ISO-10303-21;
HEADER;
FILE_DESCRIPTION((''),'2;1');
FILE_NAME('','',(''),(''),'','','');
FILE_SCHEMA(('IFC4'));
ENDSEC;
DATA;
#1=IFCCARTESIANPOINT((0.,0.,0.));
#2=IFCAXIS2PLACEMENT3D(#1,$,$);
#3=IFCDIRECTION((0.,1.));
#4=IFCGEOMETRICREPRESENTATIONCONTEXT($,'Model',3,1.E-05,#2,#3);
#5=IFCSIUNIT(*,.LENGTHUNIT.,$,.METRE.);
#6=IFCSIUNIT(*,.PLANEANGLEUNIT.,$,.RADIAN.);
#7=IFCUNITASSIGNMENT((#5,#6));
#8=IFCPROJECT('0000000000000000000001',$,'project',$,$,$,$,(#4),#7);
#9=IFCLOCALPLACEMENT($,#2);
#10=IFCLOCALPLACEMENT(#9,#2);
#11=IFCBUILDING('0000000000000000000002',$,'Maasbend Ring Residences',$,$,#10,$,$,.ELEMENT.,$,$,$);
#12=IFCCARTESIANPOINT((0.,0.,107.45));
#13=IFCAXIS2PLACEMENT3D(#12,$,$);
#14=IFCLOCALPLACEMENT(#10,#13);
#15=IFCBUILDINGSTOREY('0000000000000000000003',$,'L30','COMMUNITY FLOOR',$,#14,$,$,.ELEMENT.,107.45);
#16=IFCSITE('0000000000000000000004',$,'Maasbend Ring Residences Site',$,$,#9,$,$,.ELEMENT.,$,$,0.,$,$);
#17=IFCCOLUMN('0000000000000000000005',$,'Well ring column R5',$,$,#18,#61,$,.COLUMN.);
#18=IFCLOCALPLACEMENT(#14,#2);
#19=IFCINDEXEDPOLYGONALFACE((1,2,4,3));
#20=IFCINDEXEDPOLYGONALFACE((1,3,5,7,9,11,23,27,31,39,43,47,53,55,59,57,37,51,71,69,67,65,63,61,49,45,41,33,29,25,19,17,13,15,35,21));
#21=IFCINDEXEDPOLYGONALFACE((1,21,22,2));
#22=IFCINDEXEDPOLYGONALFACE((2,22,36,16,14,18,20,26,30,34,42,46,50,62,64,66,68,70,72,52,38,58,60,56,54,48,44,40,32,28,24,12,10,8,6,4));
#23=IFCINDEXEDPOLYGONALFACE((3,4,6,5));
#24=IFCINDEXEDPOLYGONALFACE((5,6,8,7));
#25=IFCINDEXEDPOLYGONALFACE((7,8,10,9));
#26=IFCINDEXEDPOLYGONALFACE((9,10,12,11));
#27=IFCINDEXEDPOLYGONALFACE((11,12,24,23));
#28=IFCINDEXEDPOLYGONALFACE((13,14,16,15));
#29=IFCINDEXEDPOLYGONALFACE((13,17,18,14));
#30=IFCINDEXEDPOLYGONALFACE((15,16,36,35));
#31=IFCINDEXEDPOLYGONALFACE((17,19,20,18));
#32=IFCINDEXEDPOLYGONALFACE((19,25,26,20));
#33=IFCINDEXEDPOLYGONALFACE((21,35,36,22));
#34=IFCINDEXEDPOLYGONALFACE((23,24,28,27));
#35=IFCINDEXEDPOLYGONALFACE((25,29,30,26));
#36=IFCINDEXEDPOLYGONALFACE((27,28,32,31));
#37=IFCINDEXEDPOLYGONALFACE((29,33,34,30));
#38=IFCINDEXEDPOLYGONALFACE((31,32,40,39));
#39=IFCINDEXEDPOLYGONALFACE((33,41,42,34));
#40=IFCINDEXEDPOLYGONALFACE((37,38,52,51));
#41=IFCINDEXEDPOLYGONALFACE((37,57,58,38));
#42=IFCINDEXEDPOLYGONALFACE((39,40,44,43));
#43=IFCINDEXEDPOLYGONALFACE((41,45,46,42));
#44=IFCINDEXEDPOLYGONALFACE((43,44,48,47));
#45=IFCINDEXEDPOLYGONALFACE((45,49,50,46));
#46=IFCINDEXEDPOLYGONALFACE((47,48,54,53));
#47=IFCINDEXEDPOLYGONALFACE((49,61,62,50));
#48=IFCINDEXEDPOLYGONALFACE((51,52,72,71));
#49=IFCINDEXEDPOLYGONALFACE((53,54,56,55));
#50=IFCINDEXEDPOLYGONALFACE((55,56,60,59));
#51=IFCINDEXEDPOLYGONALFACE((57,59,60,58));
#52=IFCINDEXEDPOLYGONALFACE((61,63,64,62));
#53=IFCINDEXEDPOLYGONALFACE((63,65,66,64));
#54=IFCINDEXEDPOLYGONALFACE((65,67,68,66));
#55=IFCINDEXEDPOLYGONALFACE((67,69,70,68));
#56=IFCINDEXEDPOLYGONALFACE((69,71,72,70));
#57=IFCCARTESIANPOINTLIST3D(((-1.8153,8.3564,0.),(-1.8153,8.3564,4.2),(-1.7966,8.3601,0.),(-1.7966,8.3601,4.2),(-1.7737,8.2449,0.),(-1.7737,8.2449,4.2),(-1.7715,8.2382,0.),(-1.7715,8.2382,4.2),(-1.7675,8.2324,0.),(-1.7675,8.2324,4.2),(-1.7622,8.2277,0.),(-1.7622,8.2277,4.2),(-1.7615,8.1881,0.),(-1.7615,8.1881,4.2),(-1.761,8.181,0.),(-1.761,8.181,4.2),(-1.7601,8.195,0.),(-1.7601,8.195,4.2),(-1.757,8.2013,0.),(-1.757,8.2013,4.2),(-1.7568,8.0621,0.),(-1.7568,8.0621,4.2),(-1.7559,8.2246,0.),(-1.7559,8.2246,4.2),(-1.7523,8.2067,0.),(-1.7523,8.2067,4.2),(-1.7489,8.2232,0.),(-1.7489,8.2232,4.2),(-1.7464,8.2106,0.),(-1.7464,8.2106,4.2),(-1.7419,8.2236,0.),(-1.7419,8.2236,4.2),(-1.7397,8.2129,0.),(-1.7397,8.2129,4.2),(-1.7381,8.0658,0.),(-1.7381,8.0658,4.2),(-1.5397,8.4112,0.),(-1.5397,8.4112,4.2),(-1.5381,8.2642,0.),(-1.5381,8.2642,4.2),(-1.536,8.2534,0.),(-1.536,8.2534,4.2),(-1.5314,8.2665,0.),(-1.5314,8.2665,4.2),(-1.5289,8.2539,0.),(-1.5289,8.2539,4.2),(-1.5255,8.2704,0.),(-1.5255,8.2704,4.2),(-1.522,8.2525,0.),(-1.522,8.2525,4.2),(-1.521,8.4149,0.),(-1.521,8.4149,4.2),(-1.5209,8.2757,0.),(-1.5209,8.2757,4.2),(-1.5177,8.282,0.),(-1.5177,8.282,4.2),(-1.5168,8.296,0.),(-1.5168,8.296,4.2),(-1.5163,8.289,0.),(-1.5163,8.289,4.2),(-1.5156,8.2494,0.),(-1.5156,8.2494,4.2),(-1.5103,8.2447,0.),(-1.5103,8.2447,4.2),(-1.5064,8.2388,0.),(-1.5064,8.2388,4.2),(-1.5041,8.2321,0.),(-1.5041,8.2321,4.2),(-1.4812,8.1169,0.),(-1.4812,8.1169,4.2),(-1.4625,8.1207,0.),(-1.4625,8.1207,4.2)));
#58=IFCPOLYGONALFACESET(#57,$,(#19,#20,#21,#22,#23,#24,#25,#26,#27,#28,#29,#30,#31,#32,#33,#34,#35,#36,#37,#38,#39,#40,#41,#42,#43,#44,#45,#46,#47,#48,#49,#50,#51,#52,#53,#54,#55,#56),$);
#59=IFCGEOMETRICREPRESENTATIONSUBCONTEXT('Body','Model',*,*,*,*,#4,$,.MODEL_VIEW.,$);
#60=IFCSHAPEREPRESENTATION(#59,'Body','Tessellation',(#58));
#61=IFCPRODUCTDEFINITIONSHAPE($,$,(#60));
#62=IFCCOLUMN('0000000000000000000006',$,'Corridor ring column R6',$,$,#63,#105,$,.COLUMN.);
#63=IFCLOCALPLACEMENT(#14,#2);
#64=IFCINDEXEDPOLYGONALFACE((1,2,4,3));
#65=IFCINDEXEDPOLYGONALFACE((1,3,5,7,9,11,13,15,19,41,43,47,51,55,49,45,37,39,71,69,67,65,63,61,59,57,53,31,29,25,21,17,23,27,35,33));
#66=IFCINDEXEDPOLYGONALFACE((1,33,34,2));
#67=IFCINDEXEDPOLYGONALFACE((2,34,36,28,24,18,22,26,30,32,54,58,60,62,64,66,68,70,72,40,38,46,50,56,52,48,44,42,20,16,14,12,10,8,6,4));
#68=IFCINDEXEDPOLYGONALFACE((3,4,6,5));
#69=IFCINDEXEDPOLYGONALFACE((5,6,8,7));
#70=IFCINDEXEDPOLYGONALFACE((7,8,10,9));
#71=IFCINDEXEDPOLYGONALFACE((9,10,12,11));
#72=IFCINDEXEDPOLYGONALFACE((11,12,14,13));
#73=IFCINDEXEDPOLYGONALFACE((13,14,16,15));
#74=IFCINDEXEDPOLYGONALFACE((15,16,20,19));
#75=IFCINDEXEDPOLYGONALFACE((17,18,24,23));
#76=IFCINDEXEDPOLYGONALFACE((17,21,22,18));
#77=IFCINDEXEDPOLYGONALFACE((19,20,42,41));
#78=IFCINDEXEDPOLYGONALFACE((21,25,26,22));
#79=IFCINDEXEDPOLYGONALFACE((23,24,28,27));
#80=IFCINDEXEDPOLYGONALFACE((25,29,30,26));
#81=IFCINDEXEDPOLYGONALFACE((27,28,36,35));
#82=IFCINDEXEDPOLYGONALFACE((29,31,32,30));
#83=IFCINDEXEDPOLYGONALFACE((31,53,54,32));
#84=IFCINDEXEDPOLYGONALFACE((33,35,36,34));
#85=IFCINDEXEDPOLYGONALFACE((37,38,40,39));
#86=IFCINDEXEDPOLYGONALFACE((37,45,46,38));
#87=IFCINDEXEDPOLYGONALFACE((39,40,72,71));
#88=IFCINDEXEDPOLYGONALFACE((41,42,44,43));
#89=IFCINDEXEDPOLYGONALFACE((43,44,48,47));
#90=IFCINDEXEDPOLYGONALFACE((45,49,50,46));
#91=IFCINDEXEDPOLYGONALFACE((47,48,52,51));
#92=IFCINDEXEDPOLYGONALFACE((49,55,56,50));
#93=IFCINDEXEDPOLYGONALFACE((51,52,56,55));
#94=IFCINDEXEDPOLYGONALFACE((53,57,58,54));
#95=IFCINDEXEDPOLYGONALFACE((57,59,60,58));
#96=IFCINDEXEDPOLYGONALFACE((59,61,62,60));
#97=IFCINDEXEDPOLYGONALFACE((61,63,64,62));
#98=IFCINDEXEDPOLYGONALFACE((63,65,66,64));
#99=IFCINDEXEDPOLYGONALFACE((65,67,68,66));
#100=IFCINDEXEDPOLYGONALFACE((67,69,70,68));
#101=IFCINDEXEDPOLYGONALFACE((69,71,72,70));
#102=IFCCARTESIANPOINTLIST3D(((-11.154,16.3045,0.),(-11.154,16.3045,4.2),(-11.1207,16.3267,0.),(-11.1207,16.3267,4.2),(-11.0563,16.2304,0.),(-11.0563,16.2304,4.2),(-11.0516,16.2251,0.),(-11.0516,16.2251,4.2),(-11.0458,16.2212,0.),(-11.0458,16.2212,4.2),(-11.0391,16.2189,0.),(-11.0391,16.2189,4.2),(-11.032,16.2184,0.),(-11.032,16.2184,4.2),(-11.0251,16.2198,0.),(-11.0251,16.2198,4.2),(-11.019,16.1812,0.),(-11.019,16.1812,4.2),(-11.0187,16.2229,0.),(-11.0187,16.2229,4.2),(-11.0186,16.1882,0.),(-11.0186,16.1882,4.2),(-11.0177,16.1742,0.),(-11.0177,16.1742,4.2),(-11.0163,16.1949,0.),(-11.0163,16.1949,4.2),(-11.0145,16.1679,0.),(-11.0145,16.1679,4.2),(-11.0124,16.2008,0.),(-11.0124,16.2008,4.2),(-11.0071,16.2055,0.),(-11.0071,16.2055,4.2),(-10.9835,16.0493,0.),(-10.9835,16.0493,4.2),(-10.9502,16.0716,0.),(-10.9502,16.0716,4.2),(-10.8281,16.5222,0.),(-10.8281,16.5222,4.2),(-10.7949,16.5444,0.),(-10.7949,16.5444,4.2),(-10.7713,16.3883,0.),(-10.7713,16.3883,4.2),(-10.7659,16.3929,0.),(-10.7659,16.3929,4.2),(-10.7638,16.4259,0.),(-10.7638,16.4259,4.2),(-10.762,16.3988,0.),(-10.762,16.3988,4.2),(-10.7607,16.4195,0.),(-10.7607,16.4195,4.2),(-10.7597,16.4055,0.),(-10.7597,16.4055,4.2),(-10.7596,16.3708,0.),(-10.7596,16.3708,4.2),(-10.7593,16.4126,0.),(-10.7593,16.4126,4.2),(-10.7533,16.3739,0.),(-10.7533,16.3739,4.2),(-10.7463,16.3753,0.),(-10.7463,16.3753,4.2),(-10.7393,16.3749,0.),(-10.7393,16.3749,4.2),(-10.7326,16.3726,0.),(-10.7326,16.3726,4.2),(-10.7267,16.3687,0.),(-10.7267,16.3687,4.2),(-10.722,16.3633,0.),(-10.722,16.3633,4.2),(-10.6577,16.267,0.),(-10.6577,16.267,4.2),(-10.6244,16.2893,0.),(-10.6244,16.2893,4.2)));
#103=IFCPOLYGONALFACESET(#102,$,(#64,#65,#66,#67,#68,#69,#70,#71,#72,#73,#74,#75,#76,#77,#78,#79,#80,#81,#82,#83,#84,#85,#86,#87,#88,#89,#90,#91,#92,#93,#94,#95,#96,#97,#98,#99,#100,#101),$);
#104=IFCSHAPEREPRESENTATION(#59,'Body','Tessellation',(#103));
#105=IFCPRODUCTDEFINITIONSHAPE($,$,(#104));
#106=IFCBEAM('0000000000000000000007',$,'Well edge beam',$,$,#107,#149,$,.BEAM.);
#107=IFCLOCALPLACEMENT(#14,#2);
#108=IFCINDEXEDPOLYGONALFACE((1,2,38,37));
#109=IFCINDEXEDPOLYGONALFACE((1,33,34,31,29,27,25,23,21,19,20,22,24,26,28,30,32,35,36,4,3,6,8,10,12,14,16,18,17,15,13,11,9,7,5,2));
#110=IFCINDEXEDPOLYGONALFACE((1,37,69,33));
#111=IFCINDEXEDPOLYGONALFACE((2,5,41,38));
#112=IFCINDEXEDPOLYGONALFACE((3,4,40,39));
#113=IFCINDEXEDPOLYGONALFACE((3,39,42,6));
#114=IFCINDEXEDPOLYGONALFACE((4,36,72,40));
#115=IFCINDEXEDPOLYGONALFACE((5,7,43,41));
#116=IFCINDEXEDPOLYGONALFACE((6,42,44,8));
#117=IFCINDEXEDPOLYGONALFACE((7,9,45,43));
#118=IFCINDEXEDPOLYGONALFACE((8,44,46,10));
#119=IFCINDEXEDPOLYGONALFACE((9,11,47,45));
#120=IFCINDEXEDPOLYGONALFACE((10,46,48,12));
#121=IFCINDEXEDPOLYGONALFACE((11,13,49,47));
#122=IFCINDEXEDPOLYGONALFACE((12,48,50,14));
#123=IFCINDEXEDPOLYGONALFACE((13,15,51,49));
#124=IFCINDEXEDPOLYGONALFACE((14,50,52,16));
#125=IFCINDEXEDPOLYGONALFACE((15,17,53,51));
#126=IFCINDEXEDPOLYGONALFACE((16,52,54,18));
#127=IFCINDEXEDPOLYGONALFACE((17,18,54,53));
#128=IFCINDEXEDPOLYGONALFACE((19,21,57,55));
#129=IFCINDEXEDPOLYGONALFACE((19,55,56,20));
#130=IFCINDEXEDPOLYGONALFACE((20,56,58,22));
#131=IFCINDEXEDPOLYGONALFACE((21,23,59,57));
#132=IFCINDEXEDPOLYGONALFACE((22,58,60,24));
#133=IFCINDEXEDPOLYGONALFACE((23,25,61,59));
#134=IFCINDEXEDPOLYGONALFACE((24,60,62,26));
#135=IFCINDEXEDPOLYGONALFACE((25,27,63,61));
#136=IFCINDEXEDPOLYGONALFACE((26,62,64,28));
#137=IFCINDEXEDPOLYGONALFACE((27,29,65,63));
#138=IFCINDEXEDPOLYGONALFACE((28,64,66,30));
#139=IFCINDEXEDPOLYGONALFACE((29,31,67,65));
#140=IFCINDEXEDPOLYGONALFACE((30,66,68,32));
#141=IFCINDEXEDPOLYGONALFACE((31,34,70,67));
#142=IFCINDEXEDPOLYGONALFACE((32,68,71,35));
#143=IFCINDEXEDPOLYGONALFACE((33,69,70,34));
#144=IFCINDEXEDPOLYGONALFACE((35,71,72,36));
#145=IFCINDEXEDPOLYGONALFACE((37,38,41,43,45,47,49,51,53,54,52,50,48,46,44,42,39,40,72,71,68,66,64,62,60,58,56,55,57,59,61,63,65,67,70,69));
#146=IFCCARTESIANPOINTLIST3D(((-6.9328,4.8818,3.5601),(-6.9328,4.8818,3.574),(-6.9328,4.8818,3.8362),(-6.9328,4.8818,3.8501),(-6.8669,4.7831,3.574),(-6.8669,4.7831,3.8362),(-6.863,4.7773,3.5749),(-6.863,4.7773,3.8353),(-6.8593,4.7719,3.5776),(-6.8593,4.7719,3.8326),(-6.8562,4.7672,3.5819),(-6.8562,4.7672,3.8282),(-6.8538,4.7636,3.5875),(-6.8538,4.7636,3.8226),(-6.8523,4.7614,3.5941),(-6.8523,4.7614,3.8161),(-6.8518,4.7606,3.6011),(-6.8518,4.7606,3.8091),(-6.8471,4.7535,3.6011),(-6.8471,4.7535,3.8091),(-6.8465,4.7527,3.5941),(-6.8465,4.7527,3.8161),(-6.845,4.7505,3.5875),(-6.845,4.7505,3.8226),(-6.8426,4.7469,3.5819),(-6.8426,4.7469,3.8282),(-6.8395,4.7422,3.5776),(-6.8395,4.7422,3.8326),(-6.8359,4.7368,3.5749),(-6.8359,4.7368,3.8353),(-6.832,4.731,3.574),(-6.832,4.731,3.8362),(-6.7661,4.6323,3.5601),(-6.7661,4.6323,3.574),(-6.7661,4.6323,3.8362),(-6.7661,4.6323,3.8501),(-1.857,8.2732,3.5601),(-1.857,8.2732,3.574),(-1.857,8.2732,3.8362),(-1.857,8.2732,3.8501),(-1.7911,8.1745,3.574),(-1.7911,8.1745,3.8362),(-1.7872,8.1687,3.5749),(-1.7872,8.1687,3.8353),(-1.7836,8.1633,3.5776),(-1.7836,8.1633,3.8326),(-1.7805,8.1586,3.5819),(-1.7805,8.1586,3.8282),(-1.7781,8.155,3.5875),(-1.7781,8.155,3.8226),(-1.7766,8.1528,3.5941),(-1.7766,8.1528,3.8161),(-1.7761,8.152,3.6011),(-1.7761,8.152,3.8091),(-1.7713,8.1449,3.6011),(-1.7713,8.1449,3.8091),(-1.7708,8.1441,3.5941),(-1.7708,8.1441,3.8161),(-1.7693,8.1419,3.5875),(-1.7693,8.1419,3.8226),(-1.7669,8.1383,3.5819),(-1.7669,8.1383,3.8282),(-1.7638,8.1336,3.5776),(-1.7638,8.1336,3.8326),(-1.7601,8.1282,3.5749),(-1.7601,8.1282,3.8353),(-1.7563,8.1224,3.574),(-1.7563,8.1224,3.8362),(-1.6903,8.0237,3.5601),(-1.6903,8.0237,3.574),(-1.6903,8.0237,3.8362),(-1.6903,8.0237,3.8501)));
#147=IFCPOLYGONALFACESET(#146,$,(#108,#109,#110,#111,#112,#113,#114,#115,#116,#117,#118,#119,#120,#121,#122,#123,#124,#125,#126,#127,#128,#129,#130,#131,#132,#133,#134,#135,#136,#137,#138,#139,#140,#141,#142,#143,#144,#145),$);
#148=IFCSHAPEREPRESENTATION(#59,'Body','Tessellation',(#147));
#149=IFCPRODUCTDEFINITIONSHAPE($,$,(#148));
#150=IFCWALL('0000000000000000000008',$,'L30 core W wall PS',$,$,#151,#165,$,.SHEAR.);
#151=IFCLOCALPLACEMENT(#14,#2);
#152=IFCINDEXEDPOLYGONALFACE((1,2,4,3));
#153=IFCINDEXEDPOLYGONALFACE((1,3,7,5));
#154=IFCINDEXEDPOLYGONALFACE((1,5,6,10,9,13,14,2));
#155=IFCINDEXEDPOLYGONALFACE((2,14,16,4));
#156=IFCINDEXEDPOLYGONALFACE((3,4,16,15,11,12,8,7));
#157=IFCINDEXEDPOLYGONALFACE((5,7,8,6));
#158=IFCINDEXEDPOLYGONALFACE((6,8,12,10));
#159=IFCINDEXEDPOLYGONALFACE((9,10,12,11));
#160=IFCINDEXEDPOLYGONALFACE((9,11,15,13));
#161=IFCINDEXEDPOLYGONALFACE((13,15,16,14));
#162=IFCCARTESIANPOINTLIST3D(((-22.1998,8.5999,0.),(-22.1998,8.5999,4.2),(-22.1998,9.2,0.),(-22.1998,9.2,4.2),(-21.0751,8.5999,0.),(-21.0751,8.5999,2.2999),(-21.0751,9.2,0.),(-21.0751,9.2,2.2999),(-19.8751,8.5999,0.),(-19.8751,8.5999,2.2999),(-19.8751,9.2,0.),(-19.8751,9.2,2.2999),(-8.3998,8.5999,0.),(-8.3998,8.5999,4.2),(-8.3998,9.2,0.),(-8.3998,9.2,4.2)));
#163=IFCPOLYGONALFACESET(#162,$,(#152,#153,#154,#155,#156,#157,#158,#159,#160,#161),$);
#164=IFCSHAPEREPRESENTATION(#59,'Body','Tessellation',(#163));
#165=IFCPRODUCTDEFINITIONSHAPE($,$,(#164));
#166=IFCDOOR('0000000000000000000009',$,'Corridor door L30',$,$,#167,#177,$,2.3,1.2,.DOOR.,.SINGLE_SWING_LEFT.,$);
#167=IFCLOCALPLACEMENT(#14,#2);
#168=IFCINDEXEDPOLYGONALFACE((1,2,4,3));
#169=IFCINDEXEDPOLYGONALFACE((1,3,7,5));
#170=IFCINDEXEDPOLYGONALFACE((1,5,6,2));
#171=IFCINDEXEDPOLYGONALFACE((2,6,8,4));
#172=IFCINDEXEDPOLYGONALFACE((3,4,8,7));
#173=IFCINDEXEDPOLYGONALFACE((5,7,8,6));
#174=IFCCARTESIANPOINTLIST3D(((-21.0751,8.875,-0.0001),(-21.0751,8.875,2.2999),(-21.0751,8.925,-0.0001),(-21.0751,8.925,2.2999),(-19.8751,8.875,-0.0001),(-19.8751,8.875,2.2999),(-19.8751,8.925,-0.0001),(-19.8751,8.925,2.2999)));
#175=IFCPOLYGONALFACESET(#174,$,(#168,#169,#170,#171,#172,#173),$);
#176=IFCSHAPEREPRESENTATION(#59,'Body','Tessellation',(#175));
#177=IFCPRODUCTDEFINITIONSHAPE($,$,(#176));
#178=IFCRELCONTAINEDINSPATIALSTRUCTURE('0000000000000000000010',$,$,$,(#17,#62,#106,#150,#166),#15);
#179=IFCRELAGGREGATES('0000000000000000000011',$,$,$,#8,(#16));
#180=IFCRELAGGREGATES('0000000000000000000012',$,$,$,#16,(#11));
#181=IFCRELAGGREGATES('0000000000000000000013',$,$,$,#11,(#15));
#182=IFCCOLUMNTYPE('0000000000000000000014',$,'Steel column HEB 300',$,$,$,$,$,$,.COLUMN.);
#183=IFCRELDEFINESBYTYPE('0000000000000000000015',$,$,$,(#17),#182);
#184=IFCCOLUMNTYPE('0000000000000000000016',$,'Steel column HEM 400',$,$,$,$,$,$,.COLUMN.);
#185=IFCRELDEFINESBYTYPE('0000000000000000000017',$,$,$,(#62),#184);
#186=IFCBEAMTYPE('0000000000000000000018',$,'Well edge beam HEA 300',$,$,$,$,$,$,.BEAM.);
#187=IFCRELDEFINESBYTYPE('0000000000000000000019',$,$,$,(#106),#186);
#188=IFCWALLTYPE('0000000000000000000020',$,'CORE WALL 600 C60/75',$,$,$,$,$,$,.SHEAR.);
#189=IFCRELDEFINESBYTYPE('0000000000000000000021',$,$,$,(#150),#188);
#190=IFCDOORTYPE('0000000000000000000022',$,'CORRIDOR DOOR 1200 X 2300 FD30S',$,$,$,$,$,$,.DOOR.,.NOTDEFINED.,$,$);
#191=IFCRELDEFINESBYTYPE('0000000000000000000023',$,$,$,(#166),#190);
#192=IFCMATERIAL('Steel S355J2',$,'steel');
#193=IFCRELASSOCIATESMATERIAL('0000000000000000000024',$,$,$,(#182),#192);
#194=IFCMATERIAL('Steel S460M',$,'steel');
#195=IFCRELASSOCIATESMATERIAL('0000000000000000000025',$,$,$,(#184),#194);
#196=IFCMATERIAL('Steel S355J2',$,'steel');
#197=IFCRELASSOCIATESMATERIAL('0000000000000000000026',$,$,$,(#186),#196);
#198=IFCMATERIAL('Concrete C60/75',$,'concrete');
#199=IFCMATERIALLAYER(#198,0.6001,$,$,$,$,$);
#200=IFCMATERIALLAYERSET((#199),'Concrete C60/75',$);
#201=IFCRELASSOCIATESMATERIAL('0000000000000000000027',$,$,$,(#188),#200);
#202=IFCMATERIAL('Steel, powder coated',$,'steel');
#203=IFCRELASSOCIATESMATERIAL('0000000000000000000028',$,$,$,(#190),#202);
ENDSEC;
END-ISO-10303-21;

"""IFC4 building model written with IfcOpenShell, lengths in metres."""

from ifc_helpers import new_model, si_unit, direction, frame, frame_2d, origin, origin_2d, place, context, subcontext, project, spatial, rectangle, i_section, extrude, material, layer, layer_set, material_profile, profile_set, type_object, element, fill, save


model = new_model("IFC4")

# Units and contexts
model_context = context("Model", 3, precision=1e-05, world=origin(), true_north=direction((0.0, 1.0)))
body_context = subcontext(model_context, "Body", "Model", "MODEL_VIEW")
ifc_project = project(units=[si_unit("LENGTHUNIT", "METRE"), si_unit("PLANEANGLEUNIT", "RADIAN")], contexts=[model_context])

# Site, building, storey
site_placement = place(None, origin())
site = spatial("IfcSite", under=ifc_project, at=site_placement, Name="Maasbend Ring Residences Site", CompositionType="ELEMENT", RefElevation=0.0)
building_placement = place(site_placement, origin())
building = spatial("IfcBuilding", under=site, at=building_placement, Name="Maasbend Ring Residences", CompositionType="ELEMENT")
storey_placement = place(building_placement, frame((0.0, 0.0, 107.45)))
storey = spatial("IfcBuildingStorey", under=building, at=storey_placement, Name="L30", Description="COMMUNITY FLOOR", CompositionType="ELEMENT", Elevation=107.45)

# Columns
ifc_material_1 = material(Name="Steel S355J2", Category="steel")
ifc_material_profile_1 = material_profile(ifc_material_1, i_section(OverallWidth=0.3, OverallDepth=0.3, WebThickness=0.011, FlangeThickness=0.019, FilletRadius=0.0271, at=origin_2d()), Name="HEB 300")
ifc_profile_set_1 = profile_set([ifc_material_profile_1], Name="Steel S355J2")
column_type_1 = type_object("IfcColumnType", Name="Steel column HEB 300", PredefinedType="COLUMN", material=ifc_profile_set_1)
column_1_placement = place(storey_placement, frame((-1.6389, 8.2385, 0.0), z_axis=(0.0, 0.0, 1.0), x_axis=(-0.19509, 0.980785, 0.0)))
element("IfcColumn", 1, at=column_1_placement, inside=storey, type_object=column_type_1, Name="Well ring column R5", PredefinedType="COLUMN", context=body_context, shape_type="SweptSolid", body=[
    extrude(i_section(OverallWidth=0.3, OverallDepth=0.3, WebThickness=0.011, FlangeThickness=0.019, FilletRadius=0.0271, at=origin_2d()), origin(), (0.0, 0.0, 1.0), 4.2),
])
ifc_material_2 = material(Name="Steel S460M", Category="steel")
ifc_material_profile_2 = material_profile(ifc_material_2, i_section(OverallWidth=0.3069, OverallDepth=0.4319, WebThickness=0.021, FlangeThickness=0.04, FilletRadius=0.0271, at=origin_2d()), Name="HEM 400")
ifc_profile_set_2 = profile_set([ifc_material_profile_2], Name="Steel S460M")
column_type_2 = type_object("IfcColumnType", Name="Steel column HEM 400", PredefinedType="COLUMN", material=ifc_profile_set_2)
column_2_placement = place(storey_placement, frame((-10.8892, 16.2969, 0.0), z_axis=(0.0, 0.0, 1.0), x_axis=(-0.55557, 0.83147, 0.0)))
element("IfcColumn", 2, at=column_2_placement, inside=storey, type_object=column_type_2, Name="Corridor ring column R6", PredefinedType="COLUMN", context=body_context, shape_type="SweptSolid", body=[
    extrude(i_section(OverallWidth=0.3069, OverallDepth=0.4319, WebThickness=0.021, FlangeThickness=0.04, FilletRadius=0.0271, at=origin_2d()), origin(), (0.0, 0.0, 1.0), 4.2),
])

# Beam
ifc_material_3 = material(Name="Steel S355J2", Category="steel")
ifc_material_profile_3 = material_profile(ifc_material_3, i_section(OverallWidth=0.3, OverallDepth=0.29, WebThickness=0.0085, FlangeThickness=0.0139, FilletRadius=0.0271, at=origin_2d()), Name="HEA 300")
ifc_profile_set_3 = profile_set([ifc_material_profile_3], Name="Steel S355J2")
beam_type = type_object("IfcBeamType", Name="Well edge beam HEA 300", PredefinedType="BEAM", material=ifc_profile_set_3)
beam_placement = place(storey_placement, frame((-1.7737, 8.1484, 3.7051), z_axis=(-0.831478, -0.555558, 0.0), x_axis=(0.555558, -0.831478, 0.0)))
element("IfcBeam", 3, at=beam_placement, inside=storey, type_object=beam_type, Name="Well edge beam", PredefinedType="BEAM", context=body_context, shape_type="SweptSolid", body=[
    extrude(i_section(OverallWidth=0.3, OverallDepth=0.29, WebThickness=0.0085, FlangeThickness=0.0139, FilletRadius=0.0271, at=origin_2d()), origin(), (0.0, 0.0, 1.0), 6.1045),
])

# Wall, opening, door
ifc_material_4 = material(Name="Concrete C60/75", Category="concrete")
ifc_layer_1 = layer(ifc_material_4, 0.6001)
ifc_layer_set_1 = layer_set([ifc_layer_1], Name="Concrete C60/75")
wall_type_1 = type_object("IfcWallType", Name="CORE WALL 600 C60/75", PredefinedType="SHEAR", material=ifc_layer_set_1)
wall_1_placement = place(storey_placement, frame((-8.3999, 8.8999, 0.0), z_axis=(0.0, 0.0, 1.0), x_axis=(-1.0, 0.0, 0.0)))
wall_1 = element("IfcWall", 4, at=wall_1_placement, inside=storey, type_object=wall_type_1, Name="L30 core W wall PS", PredefinedType="SHEAR", context=body_context, shape_type="SweptSolid", body=[
    extrude(rectangle(XDim=13.8, YDim=0.6001, at=frame_2d((6.8999, 0.0))), origin(), (0.0, 0.0, 1.0), 4.2),
])
opening_1_placement = place(wall_1_placement, frame((11.4751, 0.0, 0.0)))
opening_1 = element("IfcOpeningElement", 5, at=opening_1_placement, cuts=wall_1, PredefinedType="OPENING", context=body_context, shape_type="SweptSolid", body=[
    extrude(rectangle(XDim=1.2, YDim=2.3, at=frame_2d((0.6001, 1.1499))), frame((0.0, 0.3101, 0.0), z_axis=(0.0, -1.0, 0.0), x_axis=(1.0, 0.0, 0.0)), (0.0, 0.0, 1.0), 0.6201),
])
ifc_material_5 = material(Name="Steel, powder coated", Category="steel")
door_type_1 = type_object("IfcDoorType", Name="CORRIDOR DOOR 1200 X 2300 FD30S", OperationType="NOTDEFINED", PredefinedType="DOOR", material=ifc_material_5)
door_1_placement = place(opening_1_placement, origin())
door_1 = element("IfcDoor", 6, at=door_1_placement, inside=storey, type_object=door_type_1, Name="Corridor door L30", OperationType="SINGLE_SWING_LEFT", OverallHeight=2.3, OverallWidth=1.2, PredefinedType="DOOR", context=body_context, shape_type="SweptSolid", body=[
    extrude(rectangle(XDim=1.2, YDim=2.3, at=frame_2d((0.6001, 1.1499))), frame((0.0, 0.0249, 0.0), z_axis=(0.0, -1.0, 0.0), x_axis=(1.0, 0.0, 0.0)), (0.0, 0.0, 1.0), 0.05),
])
fill(opening_1, door_1)

save(model, "model.ifc")
